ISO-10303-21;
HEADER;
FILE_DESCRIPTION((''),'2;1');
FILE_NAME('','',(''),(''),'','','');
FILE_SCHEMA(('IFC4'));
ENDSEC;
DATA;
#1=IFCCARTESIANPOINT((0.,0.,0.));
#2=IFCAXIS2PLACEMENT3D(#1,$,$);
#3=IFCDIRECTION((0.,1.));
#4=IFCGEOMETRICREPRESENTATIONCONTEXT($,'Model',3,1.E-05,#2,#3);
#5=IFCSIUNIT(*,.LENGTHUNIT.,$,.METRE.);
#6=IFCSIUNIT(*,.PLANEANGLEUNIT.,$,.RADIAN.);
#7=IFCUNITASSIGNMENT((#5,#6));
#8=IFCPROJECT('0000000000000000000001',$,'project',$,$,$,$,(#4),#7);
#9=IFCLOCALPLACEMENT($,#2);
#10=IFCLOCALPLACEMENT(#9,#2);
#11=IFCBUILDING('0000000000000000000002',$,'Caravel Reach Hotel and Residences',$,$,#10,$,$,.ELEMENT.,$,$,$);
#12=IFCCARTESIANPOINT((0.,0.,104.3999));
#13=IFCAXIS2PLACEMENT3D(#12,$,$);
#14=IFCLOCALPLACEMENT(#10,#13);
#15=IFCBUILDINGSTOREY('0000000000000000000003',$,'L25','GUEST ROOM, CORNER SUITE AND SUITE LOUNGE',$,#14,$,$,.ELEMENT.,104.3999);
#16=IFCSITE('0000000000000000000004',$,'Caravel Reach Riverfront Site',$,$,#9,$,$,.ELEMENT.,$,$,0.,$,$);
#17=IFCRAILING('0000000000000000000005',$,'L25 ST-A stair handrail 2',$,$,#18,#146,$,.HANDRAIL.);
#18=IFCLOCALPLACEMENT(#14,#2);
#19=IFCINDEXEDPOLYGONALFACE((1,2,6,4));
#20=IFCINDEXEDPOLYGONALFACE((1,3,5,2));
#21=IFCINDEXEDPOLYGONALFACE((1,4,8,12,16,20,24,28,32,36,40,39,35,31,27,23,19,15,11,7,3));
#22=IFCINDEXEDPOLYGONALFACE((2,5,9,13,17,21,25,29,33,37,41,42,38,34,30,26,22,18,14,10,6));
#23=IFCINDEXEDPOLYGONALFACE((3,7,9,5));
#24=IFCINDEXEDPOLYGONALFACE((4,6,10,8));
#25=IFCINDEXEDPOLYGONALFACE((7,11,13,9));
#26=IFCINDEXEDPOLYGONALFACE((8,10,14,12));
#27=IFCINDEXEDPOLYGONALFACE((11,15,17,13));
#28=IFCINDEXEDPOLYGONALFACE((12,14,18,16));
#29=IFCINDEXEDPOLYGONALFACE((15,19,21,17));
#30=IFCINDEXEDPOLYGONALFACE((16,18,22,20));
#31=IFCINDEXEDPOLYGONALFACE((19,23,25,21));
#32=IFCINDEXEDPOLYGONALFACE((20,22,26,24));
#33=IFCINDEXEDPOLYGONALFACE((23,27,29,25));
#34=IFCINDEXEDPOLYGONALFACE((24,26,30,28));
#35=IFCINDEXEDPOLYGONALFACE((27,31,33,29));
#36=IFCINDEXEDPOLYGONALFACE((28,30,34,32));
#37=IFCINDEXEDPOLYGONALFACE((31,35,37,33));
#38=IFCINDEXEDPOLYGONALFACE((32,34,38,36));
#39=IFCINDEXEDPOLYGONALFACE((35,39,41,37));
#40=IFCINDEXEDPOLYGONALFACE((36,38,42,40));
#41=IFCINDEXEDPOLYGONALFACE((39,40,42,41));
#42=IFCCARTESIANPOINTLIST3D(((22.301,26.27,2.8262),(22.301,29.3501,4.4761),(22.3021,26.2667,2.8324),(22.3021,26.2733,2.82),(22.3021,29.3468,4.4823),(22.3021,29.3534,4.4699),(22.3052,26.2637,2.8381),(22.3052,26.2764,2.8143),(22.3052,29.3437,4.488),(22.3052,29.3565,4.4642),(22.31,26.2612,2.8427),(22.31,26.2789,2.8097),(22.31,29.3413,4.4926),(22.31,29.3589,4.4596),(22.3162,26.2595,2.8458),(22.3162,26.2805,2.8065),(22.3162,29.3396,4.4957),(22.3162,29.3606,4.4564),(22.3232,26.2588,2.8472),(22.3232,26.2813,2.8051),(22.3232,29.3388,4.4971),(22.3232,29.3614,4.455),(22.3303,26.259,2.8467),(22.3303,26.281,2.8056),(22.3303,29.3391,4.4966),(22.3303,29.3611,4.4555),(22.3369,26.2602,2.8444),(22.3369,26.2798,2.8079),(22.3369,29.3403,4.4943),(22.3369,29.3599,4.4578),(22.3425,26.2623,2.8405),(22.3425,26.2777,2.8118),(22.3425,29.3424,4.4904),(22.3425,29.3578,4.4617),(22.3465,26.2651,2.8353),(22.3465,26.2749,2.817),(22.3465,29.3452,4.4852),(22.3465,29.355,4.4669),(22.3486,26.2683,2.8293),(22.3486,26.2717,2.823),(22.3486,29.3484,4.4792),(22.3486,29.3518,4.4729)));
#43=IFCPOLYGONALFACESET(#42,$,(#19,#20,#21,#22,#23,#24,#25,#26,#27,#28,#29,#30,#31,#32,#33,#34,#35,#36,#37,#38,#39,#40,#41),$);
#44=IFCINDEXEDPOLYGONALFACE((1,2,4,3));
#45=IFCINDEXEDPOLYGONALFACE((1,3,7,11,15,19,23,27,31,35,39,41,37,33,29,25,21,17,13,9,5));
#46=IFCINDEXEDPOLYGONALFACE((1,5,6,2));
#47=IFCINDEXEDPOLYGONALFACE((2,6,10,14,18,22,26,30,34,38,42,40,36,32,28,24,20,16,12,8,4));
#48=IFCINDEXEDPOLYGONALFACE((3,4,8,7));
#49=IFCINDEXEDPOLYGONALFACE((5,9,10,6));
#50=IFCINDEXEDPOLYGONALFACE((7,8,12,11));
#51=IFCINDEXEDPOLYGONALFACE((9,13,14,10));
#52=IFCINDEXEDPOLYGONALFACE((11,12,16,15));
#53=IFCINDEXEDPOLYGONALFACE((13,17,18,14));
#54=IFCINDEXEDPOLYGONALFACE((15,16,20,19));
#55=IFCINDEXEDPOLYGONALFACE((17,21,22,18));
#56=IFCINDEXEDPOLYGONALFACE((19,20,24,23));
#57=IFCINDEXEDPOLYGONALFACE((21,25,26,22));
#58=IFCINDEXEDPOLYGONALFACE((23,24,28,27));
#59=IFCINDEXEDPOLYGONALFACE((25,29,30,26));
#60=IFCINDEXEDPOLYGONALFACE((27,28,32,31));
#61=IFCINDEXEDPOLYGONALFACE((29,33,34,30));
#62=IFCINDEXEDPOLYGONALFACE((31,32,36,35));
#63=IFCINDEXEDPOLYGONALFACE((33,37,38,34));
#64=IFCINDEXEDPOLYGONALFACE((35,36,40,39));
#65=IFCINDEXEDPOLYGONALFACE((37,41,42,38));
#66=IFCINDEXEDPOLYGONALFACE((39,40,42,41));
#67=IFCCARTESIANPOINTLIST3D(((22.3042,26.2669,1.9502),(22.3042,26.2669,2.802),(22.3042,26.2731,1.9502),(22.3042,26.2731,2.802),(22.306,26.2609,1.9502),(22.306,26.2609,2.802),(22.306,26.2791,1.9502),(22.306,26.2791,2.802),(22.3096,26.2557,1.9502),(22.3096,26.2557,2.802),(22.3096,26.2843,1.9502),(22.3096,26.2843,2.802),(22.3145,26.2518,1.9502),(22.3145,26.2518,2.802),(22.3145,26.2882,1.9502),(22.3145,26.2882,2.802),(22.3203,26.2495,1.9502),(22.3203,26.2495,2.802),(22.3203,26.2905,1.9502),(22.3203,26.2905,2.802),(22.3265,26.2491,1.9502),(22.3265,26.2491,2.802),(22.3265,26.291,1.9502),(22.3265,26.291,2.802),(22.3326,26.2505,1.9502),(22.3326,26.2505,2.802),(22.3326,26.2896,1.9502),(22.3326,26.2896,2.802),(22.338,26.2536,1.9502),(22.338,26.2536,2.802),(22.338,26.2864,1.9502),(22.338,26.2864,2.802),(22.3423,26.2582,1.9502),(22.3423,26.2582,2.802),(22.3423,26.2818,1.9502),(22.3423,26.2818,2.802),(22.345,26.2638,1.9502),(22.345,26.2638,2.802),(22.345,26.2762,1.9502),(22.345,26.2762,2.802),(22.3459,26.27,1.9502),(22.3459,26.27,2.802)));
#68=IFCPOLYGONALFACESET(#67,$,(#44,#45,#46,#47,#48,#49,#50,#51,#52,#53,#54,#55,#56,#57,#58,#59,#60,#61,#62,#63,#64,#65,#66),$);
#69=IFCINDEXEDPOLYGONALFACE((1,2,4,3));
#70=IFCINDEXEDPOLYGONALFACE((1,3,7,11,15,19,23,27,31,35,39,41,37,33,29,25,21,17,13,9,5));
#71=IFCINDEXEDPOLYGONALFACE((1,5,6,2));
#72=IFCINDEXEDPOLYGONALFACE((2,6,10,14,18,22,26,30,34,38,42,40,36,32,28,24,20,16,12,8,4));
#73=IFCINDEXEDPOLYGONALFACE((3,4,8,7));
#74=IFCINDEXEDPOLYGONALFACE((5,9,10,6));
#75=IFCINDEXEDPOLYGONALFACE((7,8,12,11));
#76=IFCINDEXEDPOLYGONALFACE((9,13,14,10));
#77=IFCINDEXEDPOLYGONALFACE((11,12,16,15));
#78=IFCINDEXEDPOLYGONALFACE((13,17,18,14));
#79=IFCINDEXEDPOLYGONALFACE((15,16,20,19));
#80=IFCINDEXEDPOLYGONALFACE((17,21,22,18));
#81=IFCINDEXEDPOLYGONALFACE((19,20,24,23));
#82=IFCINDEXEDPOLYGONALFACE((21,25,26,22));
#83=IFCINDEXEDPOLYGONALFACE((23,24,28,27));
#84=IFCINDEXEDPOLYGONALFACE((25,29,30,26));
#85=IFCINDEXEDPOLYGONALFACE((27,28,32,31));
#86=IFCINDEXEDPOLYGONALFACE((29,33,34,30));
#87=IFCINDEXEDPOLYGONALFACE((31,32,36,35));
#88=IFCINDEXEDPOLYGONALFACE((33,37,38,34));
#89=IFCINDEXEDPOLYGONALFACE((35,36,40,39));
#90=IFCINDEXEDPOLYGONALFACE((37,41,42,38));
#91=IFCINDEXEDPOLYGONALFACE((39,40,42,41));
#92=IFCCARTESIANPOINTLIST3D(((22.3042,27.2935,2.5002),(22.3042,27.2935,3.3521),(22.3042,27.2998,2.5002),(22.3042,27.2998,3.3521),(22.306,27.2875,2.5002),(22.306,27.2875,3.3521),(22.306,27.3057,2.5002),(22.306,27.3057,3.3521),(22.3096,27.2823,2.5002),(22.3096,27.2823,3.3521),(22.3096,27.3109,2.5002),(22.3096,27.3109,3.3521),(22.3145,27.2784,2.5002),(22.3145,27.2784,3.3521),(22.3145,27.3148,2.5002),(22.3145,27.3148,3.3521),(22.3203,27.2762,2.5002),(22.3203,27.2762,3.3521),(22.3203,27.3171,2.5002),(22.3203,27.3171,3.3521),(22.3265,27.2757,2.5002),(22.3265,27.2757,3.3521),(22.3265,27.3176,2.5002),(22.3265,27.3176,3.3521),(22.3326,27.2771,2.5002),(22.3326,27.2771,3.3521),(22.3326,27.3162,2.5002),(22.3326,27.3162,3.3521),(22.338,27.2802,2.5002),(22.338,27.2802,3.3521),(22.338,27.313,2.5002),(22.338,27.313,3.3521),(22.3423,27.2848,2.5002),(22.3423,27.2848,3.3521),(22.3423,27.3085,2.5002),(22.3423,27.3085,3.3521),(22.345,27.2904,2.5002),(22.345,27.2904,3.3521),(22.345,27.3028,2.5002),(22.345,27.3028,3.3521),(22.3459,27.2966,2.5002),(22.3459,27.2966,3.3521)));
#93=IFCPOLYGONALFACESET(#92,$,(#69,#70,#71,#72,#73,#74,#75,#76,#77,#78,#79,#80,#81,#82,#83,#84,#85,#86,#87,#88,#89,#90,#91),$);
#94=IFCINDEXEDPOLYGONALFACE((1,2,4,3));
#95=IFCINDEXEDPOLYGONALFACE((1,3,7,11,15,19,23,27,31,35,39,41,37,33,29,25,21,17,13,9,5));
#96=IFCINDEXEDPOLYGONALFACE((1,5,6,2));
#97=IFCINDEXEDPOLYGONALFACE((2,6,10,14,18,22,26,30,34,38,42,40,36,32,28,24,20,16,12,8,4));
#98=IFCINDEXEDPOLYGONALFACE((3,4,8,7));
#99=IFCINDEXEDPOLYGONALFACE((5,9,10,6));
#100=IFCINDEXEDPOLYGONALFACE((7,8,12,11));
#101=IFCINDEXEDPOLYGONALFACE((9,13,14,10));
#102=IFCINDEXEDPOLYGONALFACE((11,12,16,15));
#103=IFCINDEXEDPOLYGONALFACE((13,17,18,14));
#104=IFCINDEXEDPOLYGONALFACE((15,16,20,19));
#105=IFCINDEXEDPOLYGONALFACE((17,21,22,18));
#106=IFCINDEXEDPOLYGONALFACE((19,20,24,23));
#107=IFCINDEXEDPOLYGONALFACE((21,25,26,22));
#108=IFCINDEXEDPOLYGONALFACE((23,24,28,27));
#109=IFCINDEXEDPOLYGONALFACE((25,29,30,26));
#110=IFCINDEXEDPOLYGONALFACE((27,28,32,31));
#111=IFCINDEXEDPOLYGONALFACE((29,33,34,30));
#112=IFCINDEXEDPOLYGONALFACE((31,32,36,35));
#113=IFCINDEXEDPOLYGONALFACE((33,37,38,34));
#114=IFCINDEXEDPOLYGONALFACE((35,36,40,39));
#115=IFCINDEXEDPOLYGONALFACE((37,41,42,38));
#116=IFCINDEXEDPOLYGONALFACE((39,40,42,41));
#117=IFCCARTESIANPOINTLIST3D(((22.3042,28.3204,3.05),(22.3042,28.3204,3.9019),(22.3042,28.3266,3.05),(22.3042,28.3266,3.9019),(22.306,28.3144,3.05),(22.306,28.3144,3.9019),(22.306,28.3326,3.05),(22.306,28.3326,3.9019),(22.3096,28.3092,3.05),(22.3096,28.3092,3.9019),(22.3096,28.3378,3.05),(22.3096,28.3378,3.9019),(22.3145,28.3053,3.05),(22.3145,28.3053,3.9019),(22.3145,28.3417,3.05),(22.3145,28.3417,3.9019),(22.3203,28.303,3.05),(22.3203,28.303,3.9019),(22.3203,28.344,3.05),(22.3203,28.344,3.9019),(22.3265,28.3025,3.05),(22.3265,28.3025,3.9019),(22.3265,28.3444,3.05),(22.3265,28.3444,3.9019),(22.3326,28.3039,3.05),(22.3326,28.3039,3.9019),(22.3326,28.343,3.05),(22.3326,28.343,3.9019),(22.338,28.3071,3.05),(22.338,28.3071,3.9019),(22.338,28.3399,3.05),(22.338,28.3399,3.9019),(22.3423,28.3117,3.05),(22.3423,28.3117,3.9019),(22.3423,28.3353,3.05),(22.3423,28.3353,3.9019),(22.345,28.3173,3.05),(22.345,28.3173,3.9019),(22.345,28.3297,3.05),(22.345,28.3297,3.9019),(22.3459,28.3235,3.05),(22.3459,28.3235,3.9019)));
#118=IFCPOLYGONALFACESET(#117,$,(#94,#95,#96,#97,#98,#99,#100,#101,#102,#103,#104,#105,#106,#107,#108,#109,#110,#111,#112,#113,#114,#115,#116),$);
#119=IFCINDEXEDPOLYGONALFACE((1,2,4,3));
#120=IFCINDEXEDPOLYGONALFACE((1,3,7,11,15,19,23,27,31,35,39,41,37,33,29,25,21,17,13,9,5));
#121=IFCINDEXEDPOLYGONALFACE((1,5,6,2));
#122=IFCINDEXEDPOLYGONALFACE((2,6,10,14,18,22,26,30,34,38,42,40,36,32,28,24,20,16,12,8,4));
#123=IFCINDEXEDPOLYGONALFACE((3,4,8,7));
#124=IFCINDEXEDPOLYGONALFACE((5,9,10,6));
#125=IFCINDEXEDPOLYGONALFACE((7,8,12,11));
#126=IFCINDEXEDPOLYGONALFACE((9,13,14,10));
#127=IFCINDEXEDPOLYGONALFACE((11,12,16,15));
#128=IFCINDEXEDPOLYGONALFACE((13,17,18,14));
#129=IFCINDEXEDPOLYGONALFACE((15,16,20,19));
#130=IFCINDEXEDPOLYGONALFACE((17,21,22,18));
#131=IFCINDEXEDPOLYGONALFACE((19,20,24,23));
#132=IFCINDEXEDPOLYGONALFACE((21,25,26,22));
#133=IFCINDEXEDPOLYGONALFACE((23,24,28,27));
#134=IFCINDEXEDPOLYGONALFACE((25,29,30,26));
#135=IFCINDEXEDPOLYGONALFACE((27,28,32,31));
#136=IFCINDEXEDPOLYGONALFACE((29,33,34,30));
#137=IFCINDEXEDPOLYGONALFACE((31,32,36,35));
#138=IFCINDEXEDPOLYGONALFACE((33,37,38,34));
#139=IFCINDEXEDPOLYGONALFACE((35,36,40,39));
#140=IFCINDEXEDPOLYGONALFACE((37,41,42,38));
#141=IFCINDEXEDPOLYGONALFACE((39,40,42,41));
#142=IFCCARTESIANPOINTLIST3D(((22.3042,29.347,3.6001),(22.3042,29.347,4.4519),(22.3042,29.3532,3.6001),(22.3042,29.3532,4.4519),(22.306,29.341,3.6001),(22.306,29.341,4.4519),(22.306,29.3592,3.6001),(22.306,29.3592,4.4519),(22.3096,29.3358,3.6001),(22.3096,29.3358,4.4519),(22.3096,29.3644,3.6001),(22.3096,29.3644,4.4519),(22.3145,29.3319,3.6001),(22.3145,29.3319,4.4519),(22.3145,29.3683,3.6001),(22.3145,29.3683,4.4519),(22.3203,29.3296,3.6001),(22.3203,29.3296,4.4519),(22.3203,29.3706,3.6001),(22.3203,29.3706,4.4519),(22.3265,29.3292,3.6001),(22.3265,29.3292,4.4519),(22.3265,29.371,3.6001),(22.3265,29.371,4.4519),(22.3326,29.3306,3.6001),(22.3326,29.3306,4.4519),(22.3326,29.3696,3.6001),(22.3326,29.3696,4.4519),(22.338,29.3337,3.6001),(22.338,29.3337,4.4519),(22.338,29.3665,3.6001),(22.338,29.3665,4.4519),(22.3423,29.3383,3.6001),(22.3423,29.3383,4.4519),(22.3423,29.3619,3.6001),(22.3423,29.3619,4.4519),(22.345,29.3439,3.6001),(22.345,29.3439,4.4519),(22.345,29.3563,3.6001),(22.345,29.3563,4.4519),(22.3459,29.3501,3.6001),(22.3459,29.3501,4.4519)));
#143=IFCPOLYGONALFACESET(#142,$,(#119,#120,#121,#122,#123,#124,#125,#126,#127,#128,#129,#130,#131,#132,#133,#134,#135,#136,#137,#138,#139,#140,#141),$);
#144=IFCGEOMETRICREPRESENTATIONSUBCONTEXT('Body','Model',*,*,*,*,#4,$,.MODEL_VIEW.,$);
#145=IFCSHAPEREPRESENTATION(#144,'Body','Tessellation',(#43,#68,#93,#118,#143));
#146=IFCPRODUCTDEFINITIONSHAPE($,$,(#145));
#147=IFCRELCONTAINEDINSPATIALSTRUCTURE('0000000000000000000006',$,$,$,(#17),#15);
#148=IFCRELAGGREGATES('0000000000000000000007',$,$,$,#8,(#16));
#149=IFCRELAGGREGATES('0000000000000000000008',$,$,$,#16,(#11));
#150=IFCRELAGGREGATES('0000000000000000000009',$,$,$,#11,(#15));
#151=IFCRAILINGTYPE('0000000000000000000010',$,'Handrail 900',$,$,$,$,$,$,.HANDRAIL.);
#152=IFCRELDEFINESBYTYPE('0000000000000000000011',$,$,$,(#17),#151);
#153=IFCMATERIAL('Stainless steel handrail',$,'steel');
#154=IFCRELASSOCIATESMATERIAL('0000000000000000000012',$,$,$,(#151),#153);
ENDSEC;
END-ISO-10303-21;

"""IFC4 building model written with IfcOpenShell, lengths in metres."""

from ifc_helpers import new_model, si_unit, direction, frame, origin, origin_2d, place, context, subcontext, project, spatial, circle, extrude, material, type_object, element, save


model = new_model("IFC4")

# Units and contexts
model_context = context("Model", 3, precision=1e-05, world=origin(), true_north=direction((0.0, 1.0)))
body_context = subcontext(model_context, "Body", "Model", "MODEL_VIEW")
ifc_project = project(units=[si_unit("LENGTHUNIT", "METRE"), si_unit("PLANEANGLEUNIT", "RADIAN")], contexts=[model_context])

# Site, building, storey
site_placement = place(None, origin())
site = spatial("IfcSite", under=ifc_project, at=site_placement, Name="Caravel Reach Riverfront Site", CompositionType="ELEMENT", RefElevation=0.0)
building_placement = place(site_placement, origin())
building = spatial("IfcBuilding", under=site, at=building_placement, Name="Caravel Reach Hotel and Residences", CompositionType="ELEMENT")
storey_placement = place(building_placement, frame((0.0, 0.0, 104.3999)))
storey = spatial("IfcBuildingStorey", under=building, at=storey_placement, Name="L25", Description="GUEST ROOM, CORNER SUITE AND SUITE LOUNGE", CompositionType="ELEMENT", Elevation=104.3999)

# Railing
ifc_material_1 = material(Name="Stainless steel handrail", Category="steel")
railing_type_1 = type_object("IfcRailingType", Name="Handrail 900", PredefinedType="HANDRAIL", material=ifc_material_1)
railing_1_placement = place(storey_placement, frame((22.325, 26.27, 1.9502)))
element("IfcRailing", 1, at=railing_1_placement, inside=storey, type_object=railing_type_1, Name="L25 ST-A stair handrail 2", PredefinedType="HANDRAIL", context=body_context, shape_type="SweptSolid", body=[
    extrude(circle(Radius=0.0239, at=origin_2d()), frame((0.0, 0.0, 0.876), z_axis=(0.0, 0.881497, 0.47219), x_axis=(-1.0, 0.0, 0.0)), (0.0, 0.0, 1.0), 3.4941),
    extrude(circle(Radius=0.021, at=origin_2d()), origin(), (0.0, 0.0, 1.0), 0.8518),
    extrude(circle(Radius=0.021, at=origin_2d()), frame((0.0, 1.0266, 0.55)), (0.0, 0.0, 1.0), 0.8518),
    extrude(circle(Radius=0.021, at=origin_2d()), frame((0.0, 2.0535, 1.0999)), (0.0, 0.0, 1.0), 0.8518),
    extrude(circle(Radius=0.021, at=origin_2d()), frame((0.0, 3.0801, 1.6499)), (0.0, 0.0, 1.0), 0.8518),
])

save(model, "model.ifc")
